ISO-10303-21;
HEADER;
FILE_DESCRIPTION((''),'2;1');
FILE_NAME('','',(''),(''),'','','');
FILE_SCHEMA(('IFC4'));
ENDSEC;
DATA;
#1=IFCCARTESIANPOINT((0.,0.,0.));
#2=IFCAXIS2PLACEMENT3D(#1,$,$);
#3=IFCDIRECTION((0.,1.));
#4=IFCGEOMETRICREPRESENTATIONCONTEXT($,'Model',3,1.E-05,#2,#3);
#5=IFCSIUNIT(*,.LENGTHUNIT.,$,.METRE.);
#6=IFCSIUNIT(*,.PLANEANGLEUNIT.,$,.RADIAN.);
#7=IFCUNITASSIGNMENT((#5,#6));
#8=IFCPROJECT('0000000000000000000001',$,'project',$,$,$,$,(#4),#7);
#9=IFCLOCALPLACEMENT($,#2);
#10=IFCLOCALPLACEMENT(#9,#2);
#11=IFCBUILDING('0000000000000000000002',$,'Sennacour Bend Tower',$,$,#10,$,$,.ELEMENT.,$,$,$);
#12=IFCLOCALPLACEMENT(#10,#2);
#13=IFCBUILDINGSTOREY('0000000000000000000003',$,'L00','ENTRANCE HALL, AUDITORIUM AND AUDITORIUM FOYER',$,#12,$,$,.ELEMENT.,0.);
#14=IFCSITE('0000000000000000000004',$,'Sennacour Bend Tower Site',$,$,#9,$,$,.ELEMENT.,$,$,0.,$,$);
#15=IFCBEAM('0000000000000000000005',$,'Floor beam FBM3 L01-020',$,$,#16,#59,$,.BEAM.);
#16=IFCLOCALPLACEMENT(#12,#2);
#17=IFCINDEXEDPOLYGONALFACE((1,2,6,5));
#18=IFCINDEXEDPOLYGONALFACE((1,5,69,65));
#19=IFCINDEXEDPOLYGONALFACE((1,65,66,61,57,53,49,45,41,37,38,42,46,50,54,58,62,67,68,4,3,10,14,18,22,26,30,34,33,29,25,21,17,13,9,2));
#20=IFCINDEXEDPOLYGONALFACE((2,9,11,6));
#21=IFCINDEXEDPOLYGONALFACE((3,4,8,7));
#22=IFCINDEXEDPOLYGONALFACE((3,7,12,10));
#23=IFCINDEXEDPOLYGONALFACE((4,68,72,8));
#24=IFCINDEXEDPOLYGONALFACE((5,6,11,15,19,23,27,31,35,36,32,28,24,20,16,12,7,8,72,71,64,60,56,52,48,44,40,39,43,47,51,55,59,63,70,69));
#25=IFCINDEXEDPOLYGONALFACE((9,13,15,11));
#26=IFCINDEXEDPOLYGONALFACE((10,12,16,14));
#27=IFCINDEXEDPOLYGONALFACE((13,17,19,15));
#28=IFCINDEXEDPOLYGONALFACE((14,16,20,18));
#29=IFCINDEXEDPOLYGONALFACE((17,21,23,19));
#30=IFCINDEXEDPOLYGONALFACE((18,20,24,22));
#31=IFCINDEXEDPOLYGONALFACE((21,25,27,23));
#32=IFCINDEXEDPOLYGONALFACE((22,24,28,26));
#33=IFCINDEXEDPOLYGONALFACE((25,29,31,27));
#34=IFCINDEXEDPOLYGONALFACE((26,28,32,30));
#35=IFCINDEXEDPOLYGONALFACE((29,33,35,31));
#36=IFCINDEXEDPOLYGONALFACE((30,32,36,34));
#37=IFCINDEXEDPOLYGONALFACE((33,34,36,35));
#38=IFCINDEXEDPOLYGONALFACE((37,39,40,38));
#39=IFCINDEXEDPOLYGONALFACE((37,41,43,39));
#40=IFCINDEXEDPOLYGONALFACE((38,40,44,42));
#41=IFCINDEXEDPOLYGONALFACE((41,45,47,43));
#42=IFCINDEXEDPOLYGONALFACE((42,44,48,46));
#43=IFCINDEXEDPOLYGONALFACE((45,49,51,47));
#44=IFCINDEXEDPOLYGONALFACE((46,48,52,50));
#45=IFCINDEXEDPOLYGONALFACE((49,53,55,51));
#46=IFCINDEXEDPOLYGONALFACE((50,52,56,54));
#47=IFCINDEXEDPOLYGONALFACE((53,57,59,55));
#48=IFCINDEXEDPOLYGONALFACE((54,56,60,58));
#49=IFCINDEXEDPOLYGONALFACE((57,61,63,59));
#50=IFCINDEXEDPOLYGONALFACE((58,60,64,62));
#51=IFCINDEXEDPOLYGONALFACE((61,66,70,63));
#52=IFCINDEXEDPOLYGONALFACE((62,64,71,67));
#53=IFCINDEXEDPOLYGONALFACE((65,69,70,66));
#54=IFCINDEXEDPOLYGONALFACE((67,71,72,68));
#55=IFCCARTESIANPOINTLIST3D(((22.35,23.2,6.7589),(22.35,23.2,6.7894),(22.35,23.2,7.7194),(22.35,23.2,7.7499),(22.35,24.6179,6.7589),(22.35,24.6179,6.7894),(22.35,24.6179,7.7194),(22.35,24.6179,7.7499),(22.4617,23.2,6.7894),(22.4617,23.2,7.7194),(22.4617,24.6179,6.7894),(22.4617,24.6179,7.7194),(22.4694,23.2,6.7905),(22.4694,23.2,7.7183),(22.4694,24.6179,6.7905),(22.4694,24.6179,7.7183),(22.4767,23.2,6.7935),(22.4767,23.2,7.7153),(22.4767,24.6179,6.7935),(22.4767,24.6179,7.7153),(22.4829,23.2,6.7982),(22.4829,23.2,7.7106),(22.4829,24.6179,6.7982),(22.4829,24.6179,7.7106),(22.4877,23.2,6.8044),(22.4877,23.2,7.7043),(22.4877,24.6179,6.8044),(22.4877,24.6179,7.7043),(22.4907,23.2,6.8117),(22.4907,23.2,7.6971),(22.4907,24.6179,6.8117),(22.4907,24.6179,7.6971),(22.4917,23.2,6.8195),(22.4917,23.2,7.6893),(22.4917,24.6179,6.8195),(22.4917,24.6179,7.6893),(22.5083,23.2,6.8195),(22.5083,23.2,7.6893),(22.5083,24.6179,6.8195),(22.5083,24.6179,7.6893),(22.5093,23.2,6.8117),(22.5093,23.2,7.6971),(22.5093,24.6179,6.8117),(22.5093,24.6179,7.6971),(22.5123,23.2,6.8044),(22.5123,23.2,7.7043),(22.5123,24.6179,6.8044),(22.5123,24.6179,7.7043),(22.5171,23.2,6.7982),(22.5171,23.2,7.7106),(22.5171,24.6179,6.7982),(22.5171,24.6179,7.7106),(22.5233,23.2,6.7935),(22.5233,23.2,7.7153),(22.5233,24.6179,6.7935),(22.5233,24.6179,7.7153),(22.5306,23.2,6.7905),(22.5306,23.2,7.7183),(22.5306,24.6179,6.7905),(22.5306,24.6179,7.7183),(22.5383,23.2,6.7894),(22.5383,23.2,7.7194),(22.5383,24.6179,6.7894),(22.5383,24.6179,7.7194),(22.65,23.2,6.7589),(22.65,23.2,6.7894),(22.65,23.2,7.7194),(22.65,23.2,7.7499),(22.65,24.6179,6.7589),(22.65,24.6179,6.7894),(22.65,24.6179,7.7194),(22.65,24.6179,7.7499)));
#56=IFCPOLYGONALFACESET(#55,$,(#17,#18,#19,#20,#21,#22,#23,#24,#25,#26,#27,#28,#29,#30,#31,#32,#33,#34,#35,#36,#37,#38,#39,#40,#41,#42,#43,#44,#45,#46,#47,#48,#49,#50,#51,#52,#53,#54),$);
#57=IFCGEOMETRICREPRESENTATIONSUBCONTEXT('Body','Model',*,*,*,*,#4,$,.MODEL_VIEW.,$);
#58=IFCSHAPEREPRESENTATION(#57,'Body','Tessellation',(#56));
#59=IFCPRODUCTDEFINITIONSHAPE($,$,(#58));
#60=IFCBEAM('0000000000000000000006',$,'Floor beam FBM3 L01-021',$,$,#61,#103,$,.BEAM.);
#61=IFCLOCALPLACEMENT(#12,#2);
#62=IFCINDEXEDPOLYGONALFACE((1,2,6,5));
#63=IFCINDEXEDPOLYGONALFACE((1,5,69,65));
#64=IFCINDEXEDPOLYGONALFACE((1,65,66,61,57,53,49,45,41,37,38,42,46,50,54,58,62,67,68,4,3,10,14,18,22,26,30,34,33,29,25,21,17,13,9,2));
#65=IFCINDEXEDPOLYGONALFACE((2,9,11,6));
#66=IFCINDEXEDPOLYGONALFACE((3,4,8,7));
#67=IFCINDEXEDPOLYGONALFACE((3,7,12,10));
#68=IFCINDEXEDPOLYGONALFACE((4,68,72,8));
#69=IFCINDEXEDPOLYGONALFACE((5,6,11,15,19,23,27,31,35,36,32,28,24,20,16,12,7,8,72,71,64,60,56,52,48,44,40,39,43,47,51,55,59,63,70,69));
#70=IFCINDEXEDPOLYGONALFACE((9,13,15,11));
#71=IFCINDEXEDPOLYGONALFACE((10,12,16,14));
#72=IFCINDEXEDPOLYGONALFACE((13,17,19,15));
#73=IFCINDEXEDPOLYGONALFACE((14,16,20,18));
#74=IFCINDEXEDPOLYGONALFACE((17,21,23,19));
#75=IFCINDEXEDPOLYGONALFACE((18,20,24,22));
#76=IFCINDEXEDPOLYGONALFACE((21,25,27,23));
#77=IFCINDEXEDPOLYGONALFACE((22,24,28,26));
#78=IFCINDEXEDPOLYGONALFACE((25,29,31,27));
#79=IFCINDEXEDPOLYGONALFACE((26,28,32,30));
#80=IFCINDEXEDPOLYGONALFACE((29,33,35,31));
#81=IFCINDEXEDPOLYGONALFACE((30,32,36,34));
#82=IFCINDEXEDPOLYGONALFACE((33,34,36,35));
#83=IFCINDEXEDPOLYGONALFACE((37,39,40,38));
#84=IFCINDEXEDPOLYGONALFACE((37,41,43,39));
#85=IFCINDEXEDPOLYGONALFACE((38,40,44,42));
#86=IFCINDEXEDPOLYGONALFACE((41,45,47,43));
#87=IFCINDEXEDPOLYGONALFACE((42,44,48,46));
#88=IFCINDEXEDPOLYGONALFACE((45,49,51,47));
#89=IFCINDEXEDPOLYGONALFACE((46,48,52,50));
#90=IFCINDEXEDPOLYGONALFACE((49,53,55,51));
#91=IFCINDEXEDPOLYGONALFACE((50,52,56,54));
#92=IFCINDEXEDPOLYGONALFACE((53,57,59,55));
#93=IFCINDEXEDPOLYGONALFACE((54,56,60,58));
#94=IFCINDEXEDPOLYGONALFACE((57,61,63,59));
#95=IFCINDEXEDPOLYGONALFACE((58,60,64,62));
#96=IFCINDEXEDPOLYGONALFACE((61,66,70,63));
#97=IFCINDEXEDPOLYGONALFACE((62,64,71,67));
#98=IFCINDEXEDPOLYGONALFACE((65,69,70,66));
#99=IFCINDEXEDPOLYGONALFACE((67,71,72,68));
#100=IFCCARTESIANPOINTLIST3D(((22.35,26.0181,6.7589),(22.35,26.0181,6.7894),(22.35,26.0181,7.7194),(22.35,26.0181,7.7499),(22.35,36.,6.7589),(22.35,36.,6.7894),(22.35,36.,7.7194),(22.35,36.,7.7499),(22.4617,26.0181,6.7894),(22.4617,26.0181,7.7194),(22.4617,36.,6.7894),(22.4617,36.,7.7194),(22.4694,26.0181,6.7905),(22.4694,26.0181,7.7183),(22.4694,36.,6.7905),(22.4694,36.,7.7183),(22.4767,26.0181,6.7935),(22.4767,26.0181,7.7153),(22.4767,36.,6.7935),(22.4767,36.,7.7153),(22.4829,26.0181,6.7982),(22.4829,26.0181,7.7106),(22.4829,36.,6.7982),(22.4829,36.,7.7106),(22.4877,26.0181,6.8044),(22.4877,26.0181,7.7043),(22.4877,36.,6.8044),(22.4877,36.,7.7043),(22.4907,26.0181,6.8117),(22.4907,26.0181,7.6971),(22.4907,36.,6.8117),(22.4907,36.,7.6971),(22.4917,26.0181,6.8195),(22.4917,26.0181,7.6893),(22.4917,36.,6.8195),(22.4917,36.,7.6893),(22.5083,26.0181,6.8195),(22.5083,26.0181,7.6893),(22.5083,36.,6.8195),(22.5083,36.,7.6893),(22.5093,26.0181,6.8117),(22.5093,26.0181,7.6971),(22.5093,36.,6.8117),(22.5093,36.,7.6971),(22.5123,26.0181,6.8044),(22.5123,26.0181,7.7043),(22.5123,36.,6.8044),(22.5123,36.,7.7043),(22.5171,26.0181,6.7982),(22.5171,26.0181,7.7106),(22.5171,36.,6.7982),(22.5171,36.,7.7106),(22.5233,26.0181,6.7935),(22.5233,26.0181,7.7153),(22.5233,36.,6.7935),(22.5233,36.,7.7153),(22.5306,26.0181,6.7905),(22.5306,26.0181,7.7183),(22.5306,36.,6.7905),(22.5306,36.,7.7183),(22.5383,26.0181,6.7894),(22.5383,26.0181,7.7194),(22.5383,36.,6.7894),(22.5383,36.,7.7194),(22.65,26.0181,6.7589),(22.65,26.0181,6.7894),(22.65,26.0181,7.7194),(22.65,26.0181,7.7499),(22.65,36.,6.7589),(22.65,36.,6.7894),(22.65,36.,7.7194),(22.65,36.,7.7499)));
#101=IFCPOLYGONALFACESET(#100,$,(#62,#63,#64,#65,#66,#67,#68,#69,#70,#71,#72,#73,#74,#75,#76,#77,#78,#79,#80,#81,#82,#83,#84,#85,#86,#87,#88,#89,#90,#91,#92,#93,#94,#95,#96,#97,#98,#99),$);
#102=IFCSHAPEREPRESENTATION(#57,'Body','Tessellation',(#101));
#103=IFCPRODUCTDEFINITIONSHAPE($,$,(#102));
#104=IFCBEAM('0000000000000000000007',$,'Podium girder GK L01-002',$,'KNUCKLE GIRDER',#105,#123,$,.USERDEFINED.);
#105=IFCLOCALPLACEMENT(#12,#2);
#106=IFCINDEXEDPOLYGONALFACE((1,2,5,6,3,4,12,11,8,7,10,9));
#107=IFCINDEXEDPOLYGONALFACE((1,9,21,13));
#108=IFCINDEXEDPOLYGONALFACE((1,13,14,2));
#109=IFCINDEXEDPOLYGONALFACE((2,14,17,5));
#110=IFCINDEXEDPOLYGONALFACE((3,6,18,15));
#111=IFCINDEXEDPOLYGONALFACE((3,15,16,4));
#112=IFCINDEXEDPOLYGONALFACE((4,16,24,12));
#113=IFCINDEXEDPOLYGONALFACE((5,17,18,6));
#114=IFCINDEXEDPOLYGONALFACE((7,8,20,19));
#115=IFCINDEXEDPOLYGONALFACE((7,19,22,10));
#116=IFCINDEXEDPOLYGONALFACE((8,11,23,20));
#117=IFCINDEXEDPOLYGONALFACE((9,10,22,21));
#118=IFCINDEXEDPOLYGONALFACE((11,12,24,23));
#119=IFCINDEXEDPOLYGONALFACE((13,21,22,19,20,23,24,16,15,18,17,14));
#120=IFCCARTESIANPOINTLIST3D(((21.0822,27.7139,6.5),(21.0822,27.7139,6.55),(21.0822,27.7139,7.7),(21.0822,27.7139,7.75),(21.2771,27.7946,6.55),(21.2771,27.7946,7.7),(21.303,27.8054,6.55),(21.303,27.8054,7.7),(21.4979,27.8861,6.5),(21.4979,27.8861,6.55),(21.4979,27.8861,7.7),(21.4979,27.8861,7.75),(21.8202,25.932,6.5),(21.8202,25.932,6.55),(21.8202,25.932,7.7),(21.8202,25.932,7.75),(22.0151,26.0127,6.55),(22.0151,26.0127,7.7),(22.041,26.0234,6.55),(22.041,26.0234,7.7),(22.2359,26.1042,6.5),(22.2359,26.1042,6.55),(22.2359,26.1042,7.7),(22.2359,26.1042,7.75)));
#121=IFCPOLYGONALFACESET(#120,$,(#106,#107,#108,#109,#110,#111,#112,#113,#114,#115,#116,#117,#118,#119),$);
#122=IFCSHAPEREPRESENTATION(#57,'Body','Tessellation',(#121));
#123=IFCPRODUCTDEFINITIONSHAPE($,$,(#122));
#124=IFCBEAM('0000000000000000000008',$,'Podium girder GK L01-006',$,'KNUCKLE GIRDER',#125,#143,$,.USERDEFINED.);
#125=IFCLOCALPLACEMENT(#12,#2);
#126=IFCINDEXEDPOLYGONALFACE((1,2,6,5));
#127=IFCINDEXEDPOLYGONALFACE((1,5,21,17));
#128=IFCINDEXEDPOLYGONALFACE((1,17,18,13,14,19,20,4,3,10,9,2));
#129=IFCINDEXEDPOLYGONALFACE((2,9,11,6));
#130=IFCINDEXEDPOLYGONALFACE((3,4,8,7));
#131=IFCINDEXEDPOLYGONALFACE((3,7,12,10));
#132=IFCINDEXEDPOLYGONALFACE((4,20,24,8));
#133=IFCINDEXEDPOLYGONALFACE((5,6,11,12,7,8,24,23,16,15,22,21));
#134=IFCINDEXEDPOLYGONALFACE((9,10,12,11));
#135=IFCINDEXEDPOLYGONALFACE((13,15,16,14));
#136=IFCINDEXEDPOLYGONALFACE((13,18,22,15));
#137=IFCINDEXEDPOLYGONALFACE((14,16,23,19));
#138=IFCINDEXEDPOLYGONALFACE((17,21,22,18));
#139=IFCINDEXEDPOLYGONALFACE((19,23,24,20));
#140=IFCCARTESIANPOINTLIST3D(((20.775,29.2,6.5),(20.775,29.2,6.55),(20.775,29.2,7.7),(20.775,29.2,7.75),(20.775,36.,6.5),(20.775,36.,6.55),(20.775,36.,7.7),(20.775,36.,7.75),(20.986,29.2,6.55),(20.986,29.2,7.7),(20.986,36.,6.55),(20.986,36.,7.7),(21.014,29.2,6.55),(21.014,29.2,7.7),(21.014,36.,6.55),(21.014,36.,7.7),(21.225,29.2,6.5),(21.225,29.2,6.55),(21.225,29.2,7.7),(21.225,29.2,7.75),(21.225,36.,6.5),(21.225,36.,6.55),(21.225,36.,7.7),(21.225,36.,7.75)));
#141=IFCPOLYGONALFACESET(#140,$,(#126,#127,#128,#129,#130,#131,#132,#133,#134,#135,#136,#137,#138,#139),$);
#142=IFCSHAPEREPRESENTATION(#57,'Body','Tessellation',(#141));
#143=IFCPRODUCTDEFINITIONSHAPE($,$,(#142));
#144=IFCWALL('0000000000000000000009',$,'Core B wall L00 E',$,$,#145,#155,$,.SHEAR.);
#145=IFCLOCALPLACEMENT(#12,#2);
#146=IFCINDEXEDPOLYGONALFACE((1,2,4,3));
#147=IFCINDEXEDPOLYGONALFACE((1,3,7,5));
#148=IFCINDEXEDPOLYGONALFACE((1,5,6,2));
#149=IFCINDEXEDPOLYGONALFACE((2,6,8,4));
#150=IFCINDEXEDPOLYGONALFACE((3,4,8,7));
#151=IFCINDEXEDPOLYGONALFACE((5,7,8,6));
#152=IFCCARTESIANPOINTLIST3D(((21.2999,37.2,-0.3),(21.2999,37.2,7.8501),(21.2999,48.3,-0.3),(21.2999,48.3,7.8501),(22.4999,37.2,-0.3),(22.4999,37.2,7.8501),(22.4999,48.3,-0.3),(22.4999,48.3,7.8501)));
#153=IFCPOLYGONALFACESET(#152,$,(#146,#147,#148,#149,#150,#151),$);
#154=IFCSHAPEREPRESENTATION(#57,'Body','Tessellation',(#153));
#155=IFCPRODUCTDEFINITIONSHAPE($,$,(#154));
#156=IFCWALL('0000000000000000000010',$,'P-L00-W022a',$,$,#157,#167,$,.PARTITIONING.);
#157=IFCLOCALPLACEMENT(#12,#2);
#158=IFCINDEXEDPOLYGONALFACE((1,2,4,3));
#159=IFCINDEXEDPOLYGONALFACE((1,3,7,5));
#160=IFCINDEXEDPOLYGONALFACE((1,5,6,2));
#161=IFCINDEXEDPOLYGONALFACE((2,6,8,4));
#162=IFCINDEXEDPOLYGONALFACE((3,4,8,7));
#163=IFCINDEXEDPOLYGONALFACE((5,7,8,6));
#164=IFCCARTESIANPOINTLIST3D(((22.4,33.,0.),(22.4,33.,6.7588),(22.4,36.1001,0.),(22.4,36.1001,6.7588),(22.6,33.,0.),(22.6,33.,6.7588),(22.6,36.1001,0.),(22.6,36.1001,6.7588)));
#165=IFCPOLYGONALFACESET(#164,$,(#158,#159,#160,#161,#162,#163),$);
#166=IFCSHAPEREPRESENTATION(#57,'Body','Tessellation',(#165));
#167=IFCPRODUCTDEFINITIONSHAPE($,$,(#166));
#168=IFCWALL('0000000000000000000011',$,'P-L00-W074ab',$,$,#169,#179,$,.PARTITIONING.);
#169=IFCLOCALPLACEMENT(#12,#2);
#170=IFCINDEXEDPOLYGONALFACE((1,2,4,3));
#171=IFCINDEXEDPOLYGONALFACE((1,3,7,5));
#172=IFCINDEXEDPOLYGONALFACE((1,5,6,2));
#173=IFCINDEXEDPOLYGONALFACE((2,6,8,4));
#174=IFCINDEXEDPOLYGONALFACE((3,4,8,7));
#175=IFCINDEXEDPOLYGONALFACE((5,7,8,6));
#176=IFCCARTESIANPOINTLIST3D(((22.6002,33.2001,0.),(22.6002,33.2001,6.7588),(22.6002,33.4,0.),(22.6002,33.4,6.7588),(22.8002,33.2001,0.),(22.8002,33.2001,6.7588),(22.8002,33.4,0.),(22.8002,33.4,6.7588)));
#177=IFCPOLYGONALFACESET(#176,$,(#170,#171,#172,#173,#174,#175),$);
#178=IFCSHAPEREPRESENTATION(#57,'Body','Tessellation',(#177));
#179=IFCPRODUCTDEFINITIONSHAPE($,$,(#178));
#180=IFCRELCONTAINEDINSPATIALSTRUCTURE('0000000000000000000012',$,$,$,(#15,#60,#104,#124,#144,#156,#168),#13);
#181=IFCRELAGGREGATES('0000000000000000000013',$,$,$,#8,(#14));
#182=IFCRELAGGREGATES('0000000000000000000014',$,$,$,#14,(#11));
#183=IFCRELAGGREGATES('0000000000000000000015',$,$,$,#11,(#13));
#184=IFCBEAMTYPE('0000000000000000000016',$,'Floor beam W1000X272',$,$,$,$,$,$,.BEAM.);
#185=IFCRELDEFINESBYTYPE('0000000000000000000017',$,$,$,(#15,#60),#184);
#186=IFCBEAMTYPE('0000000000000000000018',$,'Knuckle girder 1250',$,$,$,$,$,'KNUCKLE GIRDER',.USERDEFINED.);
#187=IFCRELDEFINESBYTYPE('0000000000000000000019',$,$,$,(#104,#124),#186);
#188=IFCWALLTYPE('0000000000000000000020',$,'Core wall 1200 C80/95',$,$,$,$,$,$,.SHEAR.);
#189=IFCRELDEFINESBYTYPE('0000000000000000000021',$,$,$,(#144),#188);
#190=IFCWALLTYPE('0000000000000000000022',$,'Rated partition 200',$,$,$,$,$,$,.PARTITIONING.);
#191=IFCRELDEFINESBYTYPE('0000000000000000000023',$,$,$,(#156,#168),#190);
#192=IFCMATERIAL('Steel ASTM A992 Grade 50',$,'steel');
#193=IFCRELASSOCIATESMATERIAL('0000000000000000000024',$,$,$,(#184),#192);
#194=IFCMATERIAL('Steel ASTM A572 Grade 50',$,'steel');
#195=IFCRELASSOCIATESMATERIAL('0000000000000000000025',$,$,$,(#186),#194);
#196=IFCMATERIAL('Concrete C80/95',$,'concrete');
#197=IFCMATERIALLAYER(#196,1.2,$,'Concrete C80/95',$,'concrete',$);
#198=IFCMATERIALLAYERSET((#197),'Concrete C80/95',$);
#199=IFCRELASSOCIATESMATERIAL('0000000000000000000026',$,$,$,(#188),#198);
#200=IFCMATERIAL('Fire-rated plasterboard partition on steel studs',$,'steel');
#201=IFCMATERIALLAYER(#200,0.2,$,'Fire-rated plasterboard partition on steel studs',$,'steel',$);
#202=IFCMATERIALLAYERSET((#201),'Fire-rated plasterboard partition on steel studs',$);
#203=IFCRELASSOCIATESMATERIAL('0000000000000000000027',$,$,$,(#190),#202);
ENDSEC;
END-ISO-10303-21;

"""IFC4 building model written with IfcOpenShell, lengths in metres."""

from ifc_helpers import new_model, si_unit, direction, frame, frame_2d, origin, origin_2d, place, context, subcontext, project, spatial, rectangle, i_section, extrude, material, layer, layer_set, material_profile, profile_set, type_object, element, save


model = new_model("IFC4")

# Units and contexts
model_context = context("Model", 3, precision=1e-05, world=origin(), true_north=direction((0.0, 1.0)))
body_context = subcontext(model_context, "Body", "Model", "MODEL_VIEW")
ifc_project = project(units=[si_unit("LENGTHUNIT", "METRE"), si_unit("PLANEANGLEUNIT", "RADIAN")], contexts=[model_context])

# Site, building, storey
site_placement = place(None, origin())
site = spatial("IfcSite", under=ifc_project, at=site_placement, Name="Sennacour Bend Tower Site", CompositionType="ELEMENT", RefElevation=0.0)
building_placement = place(site_placement, origin())
building = spatial("IfcBuilding", under=site, at=building_placement, Name="Sennacour Bend Tower", CompositionType="ELEMENT")
storey_placement = place(building_placement, origin())
storey = spatial("IfcBuildingStorey", under=building, at=storey_placement, Name="L00", Description="ENTRANCE HALL, AUDITORIUM AND AUDITORIUM FOYER", CompositionType="ELEMENT", Elevation=0.0)

# Shared definitions
ifc_material_1 = material(Name="Steel ASTM A572 Grade 50", Category="steel")

# Beams
ifc_material_2 = material(Name="Steel ASTM A992 Grade 50", Category="steel")
ifc_material_profile_1 = material_profile(ifc_material_2, i_section(OverallWidth=0.3, OverallDepth=0.991, WebThickness=0.0166, FlangeThickness=0.0305, FilletRadius=0.03, at=origin_2d()), Name="Steel ASTM A992 Grade 50", Category="steel")
ifc_profile_set_1 = profile_set([ifc_material_profile_1], Name="Steel ASTM A992 Grade 50")
beam_type_1 = type_object("IfcBeamType", Name="Floor beam W1000X272", PredefinedType="BEAM", material=ifc_profile_set_1)
beam_1_placement = place(storey_placement, frame((22.5, 23.2, 7.2544), z_axis=(0.0, 1.0, 0.0), x_axis=(-1.0, 0.0, 0.0)))
element("IfcBeam", 1, at=beam_1_placement, inside=storey, type_object=beam_type_1, Name="Floor beam FBM3 L01-020", PredefinedType="BEAM", context=body_context, shape_type="SweptSolid", body=[
    extrude(i_section(OverallWidth=0.3, OverallDepth=0.991, WebThickness=0.0166, FlangeThickness=0.0305, FilletRadius=0.03, at=origin_2d()), origin(), (0.0, 0.0, 1.0), 1.418),
])
beam_2_placement = place(storey_placement, frame((22.5, 26.0181, 7.2544), z_axis=(0.0, 1.0, 0.0), x_axis=(-1.0, 0.0, 0.0)))
element("IfcBeam", 2, at=beam_2_placement, inside=storey, type_object=beam_type_1, Name="Floor beam FBM3 L01-021", PredefinedType="BEAM", context=body_context, shape_type="SweptSolid", body=[
    extrude(i_section(OverallWidth=0.3, OverallDepth=0.991, WebThickness=0.0166, FlangeThickness=0.0305, FilletRadius=0.03, at=origin_2d()), origin(), (0.0, 0.0, 1.0), 9.9819),
])
ifc_material_profile_2 = material_profile(ifc_material_1, i_section(OverallWidth=0.45, OverallDepth=1.25, WebThickness=0.0281, FlangeThickness=0.05, at=origin_2d()), Name="Steel ASTM A572 Grade 50", Category="steel")
ifc_profile_set_2 = profile_set([ifc_material_profile_2], Name="Steel ASTM A572 Grade 50")
beam_type_2 = type_object("IfcBeamType", Name="Knuckle girder 1250", ElementType="KNUCKLE GIRDER", PredefinedType="USERDEFINED", material=ifc_profile_set_2)
beam_3_placement = place(storey_placement, frame((22.0281, 26.0181, 7.125), z_axis=(-0.382646, 0.923895, 0.0), x_axis=(-0.923895, -0.382646, 0.0)))
element("IfcBeam", 3, at=beam_3_placement, inside=storey, type_object=beam_type_2, Name="Podium girder GK L01-002", ObjectType="KNUCKLE GIRDER", PredefinedType="USERDEFINED", context=body_context, shape_type="SweptSolid", body=[
    extrude(i_section(OverallWidth=0.45, OverallDepth=1.25, WebThickness=0.0281, FlangeThickness=0.05, at=origin_2d()), origin(), (0.0, 0.0, 1.0), 1.9287),
])
beam_4_placement = place(storey_placement, frame((21.0, 29.2, 7.125), z_axis=(0.0, 1.0, 0.0), x_axis=(-1.0, 0.0, 0.0)))
element("IfcBeam", 4, at=beam_4_placement, inside=storey, type_object=beam_type_2, Name="Podium girder GK L01-006", ObjectType="KNUCKLE GIRDER", PredefinedType="USERDEFINED", context=body_context, shape_type="SweptSolid", body=[
    extrude(i_section(OverallWidth=0.45, OverallDepth=1.25, WebThickness=0.0281, FlangeThickness=0.05, at=origin_2d()), origin(), (0.0, 0.0, 1.0), 6.8),
])

# Walls
ifc_material_3 = material(Name="Concrete C80/95", Category="concrete")
ifc_layer_1 = layer(ifc_material_3, 1.2, Name="Concrete C80/95", Category="concrete")
ifc_layer_set_1 = layer_set([ifc_layer_1], Name="Concrete C80/95")
wall_type_1 = type_object("IfcWallType", Name="Core wall 1200 C80/95", PredefinedType="SHEAR", material=ifc_layer_set_1)
wall_1_placement = place(storey_placement, frame((21.8999, 37.2, -0.3), z_axis=(0.0, 0.0, 1.0), x_axis=(0.0, 1.0, 0.0)))
element("IfcWall", 5, at=wall_1_placement, inside=storey, type_object=wall_type_1, Name="Core B wall L00 E", PredefinedType="SHEAR", context=body_context, shape_type="SweptSolid", body=[
    extrude(rectangle(XDim=11.1001, YDim=1.2, at=frame_2d((5.55, 0.0))), origin(), (0.0, 0.0, 1.0), 8.1501),
])
ifc_material_4 = material(Name="Fire-rated plasterboard partition on steel studs", Category="steel")
ifc_layer_2 = layer(ifc_material_4, 0.2, Name="Fire-rated plasterboard partition on steel studs", Category="steel")
ifc_layer_set_2 = layer_set([ifc_layer_2], Name="Fire-rated plasterboard partition on steel studs")
wall_type_2 = type_object("IfcWallType", Name="Rated partition 200", PredefinedType="PARTITIONING", material=ifc_layer_set_2)
wall_2_placement = place(storey_placement, frame((22.5, 33.0, 0.0), z_axis=(0.0, 0.0, 1.0), x_axis=(0.0, 1.0, 0.0)))
element("IfcWall", 6, at=wall_2_placement, inside=storey, type_object=wall_type_2, Name="P-L00-W022a", PredefinedType="PARTITIONING", context=body_context, shape_type="SweptSolid", body=[
    extrude(rectangle(XDim=3.1001, YDim=0.2, at=frame_2d((1.55, 0.0))), origin(), (0.0, 0.0, 1.0), 6.7588),
])
wall_3_placement = place(storey_placement, frame((22.6001, 33.3, 0.0), z_axis=(0.0, 0.0, 1.0), x_axis=(1.0, 0.0, 0.0)))
element("IfcWall", 7, at=wall_3_placement, inside=storey, type_object=wall_type_2, Name="P-L00-W074ab", PredefinedType="PARTITIONING", context=body_context, shape_type="SweptSolid", body=[
    extrude(rectangle(XDim=0.2, YDim=0.2, at=frame_2d((0.1001, 0.0))), origin(), (0.0, 0.0, 1.0), 6.7588),
])

save(model, "model.ifc")
